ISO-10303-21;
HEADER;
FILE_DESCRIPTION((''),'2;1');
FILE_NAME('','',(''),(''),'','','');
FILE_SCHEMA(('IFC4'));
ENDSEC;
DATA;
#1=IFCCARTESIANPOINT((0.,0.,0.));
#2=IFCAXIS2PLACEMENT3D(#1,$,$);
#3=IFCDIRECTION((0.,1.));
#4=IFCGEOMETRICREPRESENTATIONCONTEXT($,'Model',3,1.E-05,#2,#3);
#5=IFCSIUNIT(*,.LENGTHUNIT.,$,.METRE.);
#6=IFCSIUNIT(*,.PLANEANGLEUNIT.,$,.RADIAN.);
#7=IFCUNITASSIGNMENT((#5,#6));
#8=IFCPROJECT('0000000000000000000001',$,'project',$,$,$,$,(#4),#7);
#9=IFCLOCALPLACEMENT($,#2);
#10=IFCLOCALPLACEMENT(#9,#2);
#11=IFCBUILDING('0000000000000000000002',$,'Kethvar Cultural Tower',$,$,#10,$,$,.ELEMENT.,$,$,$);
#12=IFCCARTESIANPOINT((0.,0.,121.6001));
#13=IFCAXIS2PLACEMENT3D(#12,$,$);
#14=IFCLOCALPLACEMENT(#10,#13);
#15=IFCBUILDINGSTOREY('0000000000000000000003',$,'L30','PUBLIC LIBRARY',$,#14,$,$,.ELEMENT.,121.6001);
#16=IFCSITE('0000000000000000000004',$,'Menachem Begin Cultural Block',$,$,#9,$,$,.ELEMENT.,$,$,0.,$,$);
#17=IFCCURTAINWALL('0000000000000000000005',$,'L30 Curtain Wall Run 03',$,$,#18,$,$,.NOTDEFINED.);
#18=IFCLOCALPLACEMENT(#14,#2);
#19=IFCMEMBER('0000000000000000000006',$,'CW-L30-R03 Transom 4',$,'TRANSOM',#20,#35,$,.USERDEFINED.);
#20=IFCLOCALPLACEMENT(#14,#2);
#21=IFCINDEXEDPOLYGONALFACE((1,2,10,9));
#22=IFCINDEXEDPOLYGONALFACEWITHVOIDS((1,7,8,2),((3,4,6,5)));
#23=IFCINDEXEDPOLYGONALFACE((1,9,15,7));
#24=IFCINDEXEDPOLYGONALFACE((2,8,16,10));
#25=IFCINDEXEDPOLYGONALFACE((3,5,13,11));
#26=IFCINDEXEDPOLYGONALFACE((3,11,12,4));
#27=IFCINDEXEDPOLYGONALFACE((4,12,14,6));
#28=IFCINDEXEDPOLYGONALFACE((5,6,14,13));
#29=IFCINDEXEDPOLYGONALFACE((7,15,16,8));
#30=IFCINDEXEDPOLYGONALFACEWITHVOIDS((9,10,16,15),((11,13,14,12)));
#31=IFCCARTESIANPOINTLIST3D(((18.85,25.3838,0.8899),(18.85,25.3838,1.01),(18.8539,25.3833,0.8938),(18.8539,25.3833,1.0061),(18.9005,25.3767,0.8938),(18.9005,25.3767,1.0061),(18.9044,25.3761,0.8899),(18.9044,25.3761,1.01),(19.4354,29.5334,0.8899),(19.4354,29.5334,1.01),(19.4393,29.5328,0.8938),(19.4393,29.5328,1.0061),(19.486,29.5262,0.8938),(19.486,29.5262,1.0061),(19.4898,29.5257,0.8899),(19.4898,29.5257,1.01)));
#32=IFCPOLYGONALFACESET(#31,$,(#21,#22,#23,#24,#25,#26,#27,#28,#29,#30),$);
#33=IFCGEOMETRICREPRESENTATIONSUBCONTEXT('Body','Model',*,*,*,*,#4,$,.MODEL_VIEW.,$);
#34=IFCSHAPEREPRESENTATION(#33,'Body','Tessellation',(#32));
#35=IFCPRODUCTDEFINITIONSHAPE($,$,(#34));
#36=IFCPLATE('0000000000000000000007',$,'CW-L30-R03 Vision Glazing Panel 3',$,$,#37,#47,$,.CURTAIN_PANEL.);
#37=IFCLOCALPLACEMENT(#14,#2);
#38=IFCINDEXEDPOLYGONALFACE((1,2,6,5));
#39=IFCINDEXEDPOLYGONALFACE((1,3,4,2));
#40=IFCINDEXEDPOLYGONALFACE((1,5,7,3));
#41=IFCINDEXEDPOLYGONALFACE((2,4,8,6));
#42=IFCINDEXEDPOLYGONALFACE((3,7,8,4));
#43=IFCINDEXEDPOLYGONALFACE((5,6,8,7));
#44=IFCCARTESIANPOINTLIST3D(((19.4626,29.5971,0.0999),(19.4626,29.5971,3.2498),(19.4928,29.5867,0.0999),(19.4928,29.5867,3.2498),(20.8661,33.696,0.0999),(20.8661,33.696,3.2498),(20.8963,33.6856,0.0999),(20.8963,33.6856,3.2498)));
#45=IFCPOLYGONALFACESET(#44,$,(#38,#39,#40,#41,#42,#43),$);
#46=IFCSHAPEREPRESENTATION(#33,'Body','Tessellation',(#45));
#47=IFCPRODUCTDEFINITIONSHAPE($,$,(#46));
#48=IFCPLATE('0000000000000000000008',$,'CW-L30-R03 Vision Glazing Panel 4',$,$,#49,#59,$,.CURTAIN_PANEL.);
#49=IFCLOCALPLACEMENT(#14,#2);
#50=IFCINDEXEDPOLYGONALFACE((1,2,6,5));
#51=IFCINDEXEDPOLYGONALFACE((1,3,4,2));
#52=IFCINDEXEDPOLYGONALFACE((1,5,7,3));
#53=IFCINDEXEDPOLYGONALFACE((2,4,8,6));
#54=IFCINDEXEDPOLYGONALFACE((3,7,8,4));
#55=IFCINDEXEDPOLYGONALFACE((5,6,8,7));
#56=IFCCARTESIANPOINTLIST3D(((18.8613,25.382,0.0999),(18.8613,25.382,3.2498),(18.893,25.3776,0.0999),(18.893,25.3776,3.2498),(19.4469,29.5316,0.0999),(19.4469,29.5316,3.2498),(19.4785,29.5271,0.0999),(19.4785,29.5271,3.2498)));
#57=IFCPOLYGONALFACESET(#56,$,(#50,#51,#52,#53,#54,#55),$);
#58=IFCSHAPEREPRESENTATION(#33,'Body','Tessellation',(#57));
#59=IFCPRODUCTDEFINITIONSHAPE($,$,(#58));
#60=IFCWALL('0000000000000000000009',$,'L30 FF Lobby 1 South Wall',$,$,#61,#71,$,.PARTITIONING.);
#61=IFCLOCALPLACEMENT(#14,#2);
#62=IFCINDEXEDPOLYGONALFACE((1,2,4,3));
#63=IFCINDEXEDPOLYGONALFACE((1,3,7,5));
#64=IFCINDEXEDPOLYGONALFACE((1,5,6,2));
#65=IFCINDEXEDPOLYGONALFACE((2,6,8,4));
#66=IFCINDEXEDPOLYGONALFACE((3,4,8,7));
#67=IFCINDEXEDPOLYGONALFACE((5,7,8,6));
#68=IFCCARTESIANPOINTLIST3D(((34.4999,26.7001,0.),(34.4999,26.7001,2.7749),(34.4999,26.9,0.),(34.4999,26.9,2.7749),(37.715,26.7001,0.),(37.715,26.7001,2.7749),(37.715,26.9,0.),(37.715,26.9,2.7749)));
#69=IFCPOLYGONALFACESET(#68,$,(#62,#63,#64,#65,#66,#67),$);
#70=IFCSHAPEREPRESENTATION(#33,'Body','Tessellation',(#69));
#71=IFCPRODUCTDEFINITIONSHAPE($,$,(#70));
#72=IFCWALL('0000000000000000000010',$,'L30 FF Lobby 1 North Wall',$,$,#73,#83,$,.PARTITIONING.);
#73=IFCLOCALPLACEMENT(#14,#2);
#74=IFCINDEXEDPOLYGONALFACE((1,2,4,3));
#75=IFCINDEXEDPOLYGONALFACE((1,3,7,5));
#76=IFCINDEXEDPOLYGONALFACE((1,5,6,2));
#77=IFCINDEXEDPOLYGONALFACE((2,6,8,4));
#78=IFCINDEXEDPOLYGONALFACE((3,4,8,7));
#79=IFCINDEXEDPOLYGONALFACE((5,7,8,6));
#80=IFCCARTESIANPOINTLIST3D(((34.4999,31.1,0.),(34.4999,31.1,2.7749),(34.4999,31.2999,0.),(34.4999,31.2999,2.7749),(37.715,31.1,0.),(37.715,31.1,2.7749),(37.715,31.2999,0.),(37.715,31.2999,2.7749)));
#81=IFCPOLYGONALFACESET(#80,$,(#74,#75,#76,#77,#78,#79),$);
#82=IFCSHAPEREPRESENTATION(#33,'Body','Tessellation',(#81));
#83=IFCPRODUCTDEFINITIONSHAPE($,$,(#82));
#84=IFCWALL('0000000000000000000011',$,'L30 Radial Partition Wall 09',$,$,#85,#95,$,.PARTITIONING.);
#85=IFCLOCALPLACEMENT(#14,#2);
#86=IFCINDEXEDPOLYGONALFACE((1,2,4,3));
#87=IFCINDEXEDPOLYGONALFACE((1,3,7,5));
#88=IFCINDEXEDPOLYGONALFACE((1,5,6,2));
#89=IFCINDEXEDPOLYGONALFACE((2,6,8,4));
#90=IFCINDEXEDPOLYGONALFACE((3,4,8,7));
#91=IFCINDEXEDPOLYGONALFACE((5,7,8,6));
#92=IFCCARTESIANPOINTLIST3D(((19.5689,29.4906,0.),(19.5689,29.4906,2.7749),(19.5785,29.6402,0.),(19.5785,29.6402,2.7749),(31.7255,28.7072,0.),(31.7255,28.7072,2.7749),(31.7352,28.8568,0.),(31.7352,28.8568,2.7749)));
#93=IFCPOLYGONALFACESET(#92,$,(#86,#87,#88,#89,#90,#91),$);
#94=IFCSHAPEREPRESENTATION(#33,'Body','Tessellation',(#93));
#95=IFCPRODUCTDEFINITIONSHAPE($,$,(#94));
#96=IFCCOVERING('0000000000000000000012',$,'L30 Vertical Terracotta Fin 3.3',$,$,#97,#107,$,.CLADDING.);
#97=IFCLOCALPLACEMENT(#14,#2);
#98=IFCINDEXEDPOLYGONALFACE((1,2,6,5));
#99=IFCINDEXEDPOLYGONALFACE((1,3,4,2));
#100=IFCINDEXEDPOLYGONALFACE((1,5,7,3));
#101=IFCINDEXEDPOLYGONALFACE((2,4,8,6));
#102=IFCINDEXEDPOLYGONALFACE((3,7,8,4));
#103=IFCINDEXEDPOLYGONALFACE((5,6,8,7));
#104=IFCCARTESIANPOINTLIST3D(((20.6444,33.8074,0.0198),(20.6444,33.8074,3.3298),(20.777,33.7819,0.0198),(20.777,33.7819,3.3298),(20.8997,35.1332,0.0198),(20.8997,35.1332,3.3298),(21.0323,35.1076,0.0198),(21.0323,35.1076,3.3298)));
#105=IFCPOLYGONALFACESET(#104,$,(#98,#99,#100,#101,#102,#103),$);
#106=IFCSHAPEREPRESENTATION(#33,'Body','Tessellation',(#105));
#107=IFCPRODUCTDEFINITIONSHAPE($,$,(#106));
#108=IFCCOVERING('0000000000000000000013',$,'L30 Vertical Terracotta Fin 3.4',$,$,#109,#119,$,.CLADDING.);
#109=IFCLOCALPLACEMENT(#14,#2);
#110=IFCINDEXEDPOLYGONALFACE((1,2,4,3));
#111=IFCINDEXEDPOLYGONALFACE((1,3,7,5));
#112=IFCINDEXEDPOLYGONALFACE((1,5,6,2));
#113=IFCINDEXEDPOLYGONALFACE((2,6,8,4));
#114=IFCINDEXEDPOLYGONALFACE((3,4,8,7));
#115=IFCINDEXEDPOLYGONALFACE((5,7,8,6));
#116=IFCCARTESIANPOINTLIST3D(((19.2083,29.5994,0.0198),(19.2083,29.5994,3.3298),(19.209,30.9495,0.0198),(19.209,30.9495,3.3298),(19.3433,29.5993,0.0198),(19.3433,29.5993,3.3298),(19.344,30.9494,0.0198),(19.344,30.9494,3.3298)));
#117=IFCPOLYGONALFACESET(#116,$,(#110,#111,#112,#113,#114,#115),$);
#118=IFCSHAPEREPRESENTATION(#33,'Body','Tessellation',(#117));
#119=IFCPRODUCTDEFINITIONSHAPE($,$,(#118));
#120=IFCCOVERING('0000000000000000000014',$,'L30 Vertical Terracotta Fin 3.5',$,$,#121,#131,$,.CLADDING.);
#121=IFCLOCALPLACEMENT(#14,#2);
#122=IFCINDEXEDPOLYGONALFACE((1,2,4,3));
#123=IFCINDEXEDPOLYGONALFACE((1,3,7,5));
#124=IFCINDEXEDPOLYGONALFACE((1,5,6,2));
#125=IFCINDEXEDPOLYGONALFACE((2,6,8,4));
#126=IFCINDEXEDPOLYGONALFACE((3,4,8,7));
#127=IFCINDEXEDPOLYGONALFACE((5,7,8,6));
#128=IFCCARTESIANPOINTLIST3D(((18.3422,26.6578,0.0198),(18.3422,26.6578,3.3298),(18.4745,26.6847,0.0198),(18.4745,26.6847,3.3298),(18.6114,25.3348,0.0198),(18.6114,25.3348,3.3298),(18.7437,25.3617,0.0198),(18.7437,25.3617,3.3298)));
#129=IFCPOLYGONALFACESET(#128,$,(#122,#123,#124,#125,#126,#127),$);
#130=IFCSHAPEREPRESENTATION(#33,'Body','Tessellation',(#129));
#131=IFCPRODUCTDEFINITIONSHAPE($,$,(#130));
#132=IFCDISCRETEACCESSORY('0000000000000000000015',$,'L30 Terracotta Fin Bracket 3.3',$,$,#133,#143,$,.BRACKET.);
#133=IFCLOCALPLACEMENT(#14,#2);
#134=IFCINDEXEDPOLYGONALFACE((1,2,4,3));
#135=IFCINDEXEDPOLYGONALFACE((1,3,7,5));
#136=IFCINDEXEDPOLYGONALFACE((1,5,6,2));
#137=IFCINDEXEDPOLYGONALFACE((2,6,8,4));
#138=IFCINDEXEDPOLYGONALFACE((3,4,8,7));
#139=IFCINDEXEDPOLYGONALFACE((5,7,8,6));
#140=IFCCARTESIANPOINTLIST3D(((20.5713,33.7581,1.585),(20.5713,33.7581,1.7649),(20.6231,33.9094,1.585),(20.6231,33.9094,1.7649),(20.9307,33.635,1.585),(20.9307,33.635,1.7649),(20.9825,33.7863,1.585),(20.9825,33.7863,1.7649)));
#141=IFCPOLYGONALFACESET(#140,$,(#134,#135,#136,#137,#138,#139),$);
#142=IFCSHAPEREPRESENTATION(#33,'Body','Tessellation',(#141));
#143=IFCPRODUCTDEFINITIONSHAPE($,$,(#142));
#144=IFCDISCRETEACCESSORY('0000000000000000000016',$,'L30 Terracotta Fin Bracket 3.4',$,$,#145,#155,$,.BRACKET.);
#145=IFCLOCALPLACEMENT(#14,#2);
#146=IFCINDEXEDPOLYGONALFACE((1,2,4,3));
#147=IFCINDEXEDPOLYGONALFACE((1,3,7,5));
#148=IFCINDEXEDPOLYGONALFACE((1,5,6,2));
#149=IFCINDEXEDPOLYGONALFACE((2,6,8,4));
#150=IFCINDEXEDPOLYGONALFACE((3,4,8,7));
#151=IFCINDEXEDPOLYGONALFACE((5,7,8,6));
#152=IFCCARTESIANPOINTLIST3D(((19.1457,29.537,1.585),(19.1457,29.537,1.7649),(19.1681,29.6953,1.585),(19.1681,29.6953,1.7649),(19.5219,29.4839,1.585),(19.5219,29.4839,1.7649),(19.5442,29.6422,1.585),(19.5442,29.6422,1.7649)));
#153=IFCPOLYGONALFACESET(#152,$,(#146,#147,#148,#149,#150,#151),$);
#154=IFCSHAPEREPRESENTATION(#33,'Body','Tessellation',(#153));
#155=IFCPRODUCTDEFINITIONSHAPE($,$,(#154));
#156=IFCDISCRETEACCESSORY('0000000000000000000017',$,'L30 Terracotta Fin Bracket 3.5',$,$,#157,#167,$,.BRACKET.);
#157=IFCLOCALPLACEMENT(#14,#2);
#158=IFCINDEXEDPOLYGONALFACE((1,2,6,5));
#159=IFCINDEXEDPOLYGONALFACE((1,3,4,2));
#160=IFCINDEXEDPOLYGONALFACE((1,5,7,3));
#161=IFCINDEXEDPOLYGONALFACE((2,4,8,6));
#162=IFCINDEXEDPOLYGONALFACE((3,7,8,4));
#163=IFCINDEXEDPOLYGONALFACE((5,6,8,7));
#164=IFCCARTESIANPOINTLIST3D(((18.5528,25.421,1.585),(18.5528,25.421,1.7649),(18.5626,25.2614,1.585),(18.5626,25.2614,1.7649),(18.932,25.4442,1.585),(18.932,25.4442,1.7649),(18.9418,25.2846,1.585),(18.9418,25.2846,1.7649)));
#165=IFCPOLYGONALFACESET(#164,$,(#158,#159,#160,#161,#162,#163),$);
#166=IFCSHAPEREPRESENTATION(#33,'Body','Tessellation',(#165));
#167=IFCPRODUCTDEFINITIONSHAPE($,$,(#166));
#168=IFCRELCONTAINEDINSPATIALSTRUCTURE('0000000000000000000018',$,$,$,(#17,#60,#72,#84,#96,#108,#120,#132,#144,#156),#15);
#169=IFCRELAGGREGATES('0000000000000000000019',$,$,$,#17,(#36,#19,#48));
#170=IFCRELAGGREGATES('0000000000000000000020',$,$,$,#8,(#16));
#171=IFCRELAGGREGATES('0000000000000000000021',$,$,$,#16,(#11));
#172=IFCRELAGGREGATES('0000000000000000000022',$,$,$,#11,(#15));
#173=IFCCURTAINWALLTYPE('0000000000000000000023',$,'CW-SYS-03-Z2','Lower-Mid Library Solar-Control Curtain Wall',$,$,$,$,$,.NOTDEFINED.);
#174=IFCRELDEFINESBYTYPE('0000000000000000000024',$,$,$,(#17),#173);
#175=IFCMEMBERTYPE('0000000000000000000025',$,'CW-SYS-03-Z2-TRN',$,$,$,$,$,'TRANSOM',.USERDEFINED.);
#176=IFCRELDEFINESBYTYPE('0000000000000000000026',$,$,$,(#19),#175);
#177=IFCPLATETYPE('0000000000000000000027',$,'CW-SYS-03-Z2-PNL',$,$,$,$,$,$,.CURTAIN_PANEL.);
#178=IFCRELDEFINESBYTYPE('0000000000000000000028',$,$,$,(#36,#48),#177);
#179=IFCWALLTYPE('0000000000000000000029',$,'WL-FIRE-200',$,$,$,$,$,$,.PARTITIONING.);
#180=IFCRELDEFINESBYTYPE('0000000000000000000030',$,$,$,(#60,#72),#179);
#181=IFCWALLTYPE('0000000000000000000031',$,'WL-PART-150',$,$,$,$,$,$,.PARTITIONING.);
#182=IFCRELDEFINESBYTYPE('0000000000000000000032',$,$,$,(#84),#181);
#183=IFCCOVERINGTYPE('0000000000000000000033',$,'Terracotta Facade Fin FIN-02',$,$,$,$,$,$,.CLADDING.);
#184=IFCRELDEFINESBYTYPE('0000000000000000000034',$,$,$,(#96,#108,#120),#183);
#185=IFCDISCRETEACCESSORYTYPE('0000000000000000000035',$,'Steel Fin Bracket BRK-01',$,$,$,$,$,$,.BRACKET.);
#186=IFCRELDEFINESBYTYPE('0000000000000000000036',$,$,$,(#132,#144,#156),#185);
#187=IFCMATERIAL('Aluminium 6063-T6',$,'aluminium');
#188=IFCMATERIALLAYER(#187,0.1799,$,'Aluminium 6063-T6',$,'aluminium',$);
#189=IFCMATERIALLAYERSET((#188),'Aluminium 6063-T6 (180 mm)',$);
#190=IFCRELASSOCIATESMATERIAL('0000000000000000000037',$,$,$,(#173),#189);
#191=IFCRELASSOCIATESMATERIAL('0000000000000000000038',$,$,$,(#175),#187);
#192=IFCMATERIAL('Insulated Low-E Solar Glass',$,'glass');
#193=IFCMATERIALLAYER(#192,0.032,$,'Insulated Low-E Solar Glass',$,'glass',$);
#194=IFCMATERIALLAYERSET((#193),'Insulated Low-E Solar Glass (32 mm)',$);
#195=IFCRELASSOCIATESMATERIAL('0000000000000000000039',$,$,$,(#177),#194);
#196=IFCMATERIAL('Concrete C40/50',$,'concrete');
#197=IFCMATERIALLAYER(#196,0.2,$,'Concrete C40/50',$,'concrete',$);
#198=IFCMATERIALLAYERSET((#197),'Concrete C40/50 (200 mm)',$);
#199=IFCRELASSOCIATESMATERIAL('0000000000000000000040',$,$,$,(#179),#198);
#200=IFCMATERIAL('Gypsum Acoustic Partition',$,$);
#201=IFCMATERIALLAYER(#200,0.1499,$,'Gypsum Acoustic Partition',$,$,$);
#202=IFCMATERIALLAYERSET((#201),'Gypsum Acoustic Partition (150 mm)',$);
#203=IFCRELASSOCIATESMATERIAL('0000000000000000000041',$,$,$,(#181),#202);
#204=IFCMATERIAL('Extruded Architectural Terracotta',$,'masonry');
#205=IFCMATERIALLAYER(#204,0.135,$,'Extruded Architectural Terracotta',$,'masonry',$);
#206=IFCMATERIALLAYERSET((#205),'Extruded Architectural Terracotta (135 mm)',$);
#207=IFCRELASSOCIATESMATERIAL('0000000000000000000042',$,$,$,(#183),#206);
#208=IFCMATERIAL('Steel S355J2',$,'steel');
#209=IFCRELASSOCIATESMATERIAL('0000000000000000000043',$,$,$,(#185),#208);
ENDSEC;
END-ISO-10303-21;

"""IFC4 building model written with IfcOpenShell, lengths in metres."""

from ifc_helpers import new_model, si_unit, direction, frame, frame_2d, origin, origin_2d, place, context, subcontext, project, spatial, rectangle, hollow_rectangle, extrude, source, transform, mapped, material, layer, layer_set, material_profile, profile_set, type_object, element, aggregate, save


model = new_model("IFC4")

# Units and contexts
model_context = context("Model", 3, precision=1e-05, world=origin(), true_north=direction((0.0, 1.0)))
body_context = subcontext(model_context, "Body", "Model", "MODEL_VIEW")
ifc_project = project(units=[si_unit("LENGTHUNIT", "METRE"), si_unit("PLANEANGLEUNIT", "RADIAN")], contexts=[model_context])

# Site, building, storey
site_placement = place(None, origin())
site = spatial("IfcSite", under=ifc_project, at=site_placement, Name="Menachem Begin Cultural Block", CompositionType="ELEMENT", RefElevation=0.0)
building_placement = place(site_placement, origin())
building = spatial("IfcBuilding", under=site, at=building_placement, Name="Kethvar Cultural Tower", CompositionType="ELEMENT")
storey_placement = place(building_placement, frame((0.0, 0.0, 121.6001)))
storey = spatial("IfcBuildingStorey", under=building, at=storey_placement, Name="L30", Description="PUBLIC LIBRARY", CompositionType="ELEMENT", Elevation=121.6001)

# Shared definitions
ifc_material_1 = material(Name="Steel S355J2", Category="steel")

# Curtain wall, member, plates
ifc_material_2 = material(Name="Aluminium 6063-T6", Category="aluminium")
ifc_layer_1 = layer(ifc_material_2, 0.1799, Name="Aluminium 6063-T6", Category="aluminium")
ifc_layer_set_1 = layer_set([ifc_layer_1], Name="Aluminium 6063-T6 (180 mm)")
curtain_wall_type = type_object("IfcCurtainWallType", Name="CW-SYS-03-Z2", Description="Lower-Mid Library Solar-Control Curtain Wall", PredefinedType="NOTDEFINED", material=ifc_layer_set_1)
curtain_wall_placement = place(storey_placement, origin())
curtain_wall = element("IfcCurtainWall", 1, at=curtain_wall_placement, inside=storey, type_object=curtain_wall_type, Name="L30 Curtain Wall Run 03", PredefinedType="NOTDEFINED")
ifc_material_profile_1 = material_profile(ifc_material_2, hollow_rectangle(XDim=0.0549, YDim=0.1201, WallThickness=0.0039, at=origin_2d()), Name="Aluminium 6063-T6 — RHS120x55x4")
ifc_profile_set_1 = profile_set([ifc_material_profile_1], Name="Aluminium 6063-T6 — RHS120x55x4")
member_type_1 = type_object("IfcMemberType", Name="CW-SYS-03-Z2-TRN", ElementType="TRANSOM", PredefinedType="USERDEFINED", material=ifc_profile_set_1)
shared_shape_1 = source(origin(), body_context, "Body", "SweptSolid", [
    extrude(hollow_rectangle(XDim=0.0549, YDim=0.1201, WallThickness=0.0039, at=origin_2d()), origin(), (0.0, 0.0, 1.0), 4.1907),
])
member_1_placement = place(storey_placement, frame((19.4626, 29.5295, 0.95), z_axis=(-0.1397, -0.990194, 0.0), x_axis=(0.990194, -0.1397, 0.0)))
member_1 = element("IfcMember", 2, at=member_1_placement, type_object=member_type_1, Name="CW-L30-R03 Transom 4", ObjectType="TRANSOM", PredefinedType="USERDEFINED", context=body_context, shape_type="MappedRepresentation", body=[
    mapped(shared_shape_1, transform((0.0, 0.0, 0.0), scale=1.0)),
])
ifc_material_3 = material(Name="Insulated Low-E Solar Glass", Category="glass")
ifc_layer_2 = layer(ifc_material_3, 0.032, Name="Insulated Low-E Solar Glass", Category="glass")
ifc_layer_set_2 = layer_set([ifc_layer_2], Name="Insulated Low-E Solar Glass (32 mm)")
plate_type = type_object("IfcPlateType", Name="CW-SYS-03-Z2-PNL", PredefinedType="CURTAIN_PANEL", material=ifc_layer_set_2)
shared_shape_2 = source(origin(), body_context, "Body", "SweptSolid", [
    extrude(rectangle(XDim=4.3325, YDim=0.032, at=origin_2d()), origin(), (0.0, 0.0, 1.0), 3.1499),
])
plate_1_placement = place(storey_placement, frame((20.1794, 31.6414, 0.0999), z_axis=(0.0, 0.0, 1.0), x_axis=(-0.32395, -0.946074, 0.0)))
plate_1 = element("IfcPlate", 3, at=plate_1_placement, type_object=plate_type, Name="CW-L30-R03 Vision Glazing Panel 3", PredefinedType="CURTAIN_PANEL", context=body_context, shape_type="MappedRepresentation", body=[
    mapped(shared_shape_2, transform((0.0, 0.0, 0.0), scale=1.0)),
])
shared_shape_3 = source(origin(), body_context, "Body", "SweptSolid", [
    extrude(rectangle(XDim=4.1907, YDim=0.032, at=origin_2d()), origin(), (0.0, 0.0, 1.0), 3.1499),
])
plate_2_placement = place(storey_placement, frame((19.1699, 27.4546, 0.0999), z_axis=(0.0, 0.0, 1.0), x_axis=(-0.139726, -0.99019, 0.0)))
plate_2 = element("IfcPlate", 4, at=plate_2_placement, type_object=plate_type, Name="CW-L30-R03 Vision Glazing Panel 4", PredefinedType="CURTAIN_PANEL", context=body_context, shape_type="MappedRepresentation", body=[
    mapped(shared_shape_3, transform((0.0, 0.0, 0.0), scale=1.0)),
])
aggregate(curtain_wall, [plate_1, member_1, plate_2])

# Shared definitions
ifc_material_4 = material(Name="Concrete C40/50", Category="concrete")
ifc_layer_3 = layer(ifc_material_4, 0.2, Name="Concrete C40/50", Category="concrete")
ifc_layer_set_3 = layer_set([ifc_layer_3], Name="Concrete C40/50 (200 mm)")
wall_type_1 = type_object("IfcWallType", Name="WL-FIRE-200", PredefinedType="PARTITIONING", material=ifc_layer_set_3)

# Walls
for number, where, z_axis, x_axis, name in (
    (5, (34.5, 26.8, 0.0), (0.0, 0.0, 1.0), (1.0, 0.0, 0.0), "L30 FF Lobby 1 South Wall"),
    (6, (34.5, 31.2, 0.0), (0.0, 0.0, 1.0), (1.0, 0.0, 0.0), "L30 FF Lobby 1 North Wall"),
):
    element("IfcWall", number, at=place(storey_placement, frame(where, z_axis=z_axis, x_axis=x_axis)), inside=storey, type_object=wall_type_1, Name=name, PredefinedType="PARTITIONING", context=body_context, shape_type="SweptSolid", body=[
        extrude(rectangle(XDim=3.2151, YDim=0.2, at=frame_2d((1.6074, 0.0))), origin(), (0.0, 0.0, 1.0), 2.7749),
    ])
ifc_material_5 = material(Name="Gypsum Acoustic Partition")
ifc_layer_4 = layer(ifc_material_5, 0.1499, Name="Gypsum Acoustic Partition")
ifc_layer_set_4 = layer_set([ifc_layer_4], Name="Gypsum Acoustic Partition (150 mm)")
wall_type_2 = type_object("IfcWallType", Name="WL-PART-150", PredefinedType="PARTITIONING", material=ifc_layer_set_4)
wall_1_placement = place(storey_placement, frame((31.7302, 28.782, 0.0), z_axis=(0.0, 0.0, 1.0), x_axis=(-0.99793, 0.064312, 0.0)))
element("IfcWall", 7, at=wall_1_placement, inside=storey, type_object=wall_type_2, Name="L30 Radial Partition Wall 09", PredefinedType="PARTITIONING", context=body_context, shape_type="SweptSolid", body=[
    extrude(rectangle(XDim=12.1819, YDim=0.1499, at=frame_2d((6.0908, 0.0))), origin(), (0.0, 0.0, 1.0), 2.7749),
])

# Coverings
ifc_material_6 = material(Name="Extruded Architectural Terracotta", Category="masonry")
ifc_layer_5 = layer(ifc_material_6, 0.135, Name="Extruded Architectural Terracotta", Category="masonry")
ifc_layer_set_5 = layer_set([ifc_layer_5], Name="Extruded Architectural Terracotta (135 mm)")
covering_type = type_object("IfcCoveringType", Name="Terracotta Facade Fin FIN-02", PredefinedType="CLADDING", material=ifc_layer_set_5)
shared_shape_4 = source(origin(), body_context, "Body", "SweptSolid", [
    extrude(rectangle(XDim=1.3501, YDim=0.135, at=origin_2d()), origin(), (0.0, 0.0, 1.0), 3.3101),
])
for number, where, z_axis, x_axis, name in (
    (8, (20.8384, 34.4575, 0.0198), (0.0, 0.0, 1.0), (0.189095, 0.981959, 0.0), "L30 Vertical Terracotta Fin 3.3"),
    (9, (19.2761, 30.2744, 0.0198), (0.0, 0.0, 1.0), (0.000524, 1.0, 0.0), "L30 Vertical Terracotta Fin 3.4"),
    (10, (18.543, 26.0098, 0.0198), (0.0, 0.0, 1.0), (-0.199368, 0.979925, 0.0), "L30 Vertical Terracotta Fin 3.5"),
):
    element("IfcCovering", number, at=place(storey_placement, frame(where, z_axis=z_axis, x_axis=x_axis)), inside=storey, type_object=covering_type, Name=name, PredefinedType="CLADDING", context=body_context, shape_type="MappedRepresentation", body=[
        mapped(shared_shape_4, transform((0.0, 0.0, 0.0), scale=1.0)),
    ])

# Discrete accessories
discrete_accessory_type = type_object("IfcDiscreteAccessoryType", Name="Steel Fin Bracket BRK-01", PredefinedType="BRACKET", material=ifc_material_1)
shared_shape_5 = source(origin(), body_context, "Body", "SweptSolid", [
    extrude(rectangle(XDim=0.3799, YDim=0.1599, at=origin_2d()), origin(), (0.0, 0.0, 1.0), 0.1799),
])
for number, where, z_axis, x_axis, name in (
    (11, (20.7769, 33.7722, 1.585), (0.0, 0.0, 1.0), (-0.946085, 0.323917, 0.0), "L30 Terracotta Fin Bracket 3.3"),
    (12, (19.345, 29.5896, 1.585), (0.0, 0.0, 1.0), (-0.990195, 0.139692, 0.0), "L30 Terracotta Fin Bracket 3.4"),
    (13, (18.7473, 25.3528, 1.585), (0.0, 0.0, 1.0), (-0.998135, -0.061049, 0.0), "L30 Terracotta Fin Bracket 3.5"),
):
    element("IfcDiscreteAccessory", number, at=place(storey_placement, frame(where, z_axis=z_axis, x_axis=x_axis)), inside=storey, type_object=discrete_accessory_type, Name=name, PredefinedType="BRACKET", context=body_context, shape_type="MappedRepresentation", body=[
        mapped(shared_shape_5, transform((0.0, 0.0, 0.0), scale=1.0)),
    ])

save(model, "model.ifc")
